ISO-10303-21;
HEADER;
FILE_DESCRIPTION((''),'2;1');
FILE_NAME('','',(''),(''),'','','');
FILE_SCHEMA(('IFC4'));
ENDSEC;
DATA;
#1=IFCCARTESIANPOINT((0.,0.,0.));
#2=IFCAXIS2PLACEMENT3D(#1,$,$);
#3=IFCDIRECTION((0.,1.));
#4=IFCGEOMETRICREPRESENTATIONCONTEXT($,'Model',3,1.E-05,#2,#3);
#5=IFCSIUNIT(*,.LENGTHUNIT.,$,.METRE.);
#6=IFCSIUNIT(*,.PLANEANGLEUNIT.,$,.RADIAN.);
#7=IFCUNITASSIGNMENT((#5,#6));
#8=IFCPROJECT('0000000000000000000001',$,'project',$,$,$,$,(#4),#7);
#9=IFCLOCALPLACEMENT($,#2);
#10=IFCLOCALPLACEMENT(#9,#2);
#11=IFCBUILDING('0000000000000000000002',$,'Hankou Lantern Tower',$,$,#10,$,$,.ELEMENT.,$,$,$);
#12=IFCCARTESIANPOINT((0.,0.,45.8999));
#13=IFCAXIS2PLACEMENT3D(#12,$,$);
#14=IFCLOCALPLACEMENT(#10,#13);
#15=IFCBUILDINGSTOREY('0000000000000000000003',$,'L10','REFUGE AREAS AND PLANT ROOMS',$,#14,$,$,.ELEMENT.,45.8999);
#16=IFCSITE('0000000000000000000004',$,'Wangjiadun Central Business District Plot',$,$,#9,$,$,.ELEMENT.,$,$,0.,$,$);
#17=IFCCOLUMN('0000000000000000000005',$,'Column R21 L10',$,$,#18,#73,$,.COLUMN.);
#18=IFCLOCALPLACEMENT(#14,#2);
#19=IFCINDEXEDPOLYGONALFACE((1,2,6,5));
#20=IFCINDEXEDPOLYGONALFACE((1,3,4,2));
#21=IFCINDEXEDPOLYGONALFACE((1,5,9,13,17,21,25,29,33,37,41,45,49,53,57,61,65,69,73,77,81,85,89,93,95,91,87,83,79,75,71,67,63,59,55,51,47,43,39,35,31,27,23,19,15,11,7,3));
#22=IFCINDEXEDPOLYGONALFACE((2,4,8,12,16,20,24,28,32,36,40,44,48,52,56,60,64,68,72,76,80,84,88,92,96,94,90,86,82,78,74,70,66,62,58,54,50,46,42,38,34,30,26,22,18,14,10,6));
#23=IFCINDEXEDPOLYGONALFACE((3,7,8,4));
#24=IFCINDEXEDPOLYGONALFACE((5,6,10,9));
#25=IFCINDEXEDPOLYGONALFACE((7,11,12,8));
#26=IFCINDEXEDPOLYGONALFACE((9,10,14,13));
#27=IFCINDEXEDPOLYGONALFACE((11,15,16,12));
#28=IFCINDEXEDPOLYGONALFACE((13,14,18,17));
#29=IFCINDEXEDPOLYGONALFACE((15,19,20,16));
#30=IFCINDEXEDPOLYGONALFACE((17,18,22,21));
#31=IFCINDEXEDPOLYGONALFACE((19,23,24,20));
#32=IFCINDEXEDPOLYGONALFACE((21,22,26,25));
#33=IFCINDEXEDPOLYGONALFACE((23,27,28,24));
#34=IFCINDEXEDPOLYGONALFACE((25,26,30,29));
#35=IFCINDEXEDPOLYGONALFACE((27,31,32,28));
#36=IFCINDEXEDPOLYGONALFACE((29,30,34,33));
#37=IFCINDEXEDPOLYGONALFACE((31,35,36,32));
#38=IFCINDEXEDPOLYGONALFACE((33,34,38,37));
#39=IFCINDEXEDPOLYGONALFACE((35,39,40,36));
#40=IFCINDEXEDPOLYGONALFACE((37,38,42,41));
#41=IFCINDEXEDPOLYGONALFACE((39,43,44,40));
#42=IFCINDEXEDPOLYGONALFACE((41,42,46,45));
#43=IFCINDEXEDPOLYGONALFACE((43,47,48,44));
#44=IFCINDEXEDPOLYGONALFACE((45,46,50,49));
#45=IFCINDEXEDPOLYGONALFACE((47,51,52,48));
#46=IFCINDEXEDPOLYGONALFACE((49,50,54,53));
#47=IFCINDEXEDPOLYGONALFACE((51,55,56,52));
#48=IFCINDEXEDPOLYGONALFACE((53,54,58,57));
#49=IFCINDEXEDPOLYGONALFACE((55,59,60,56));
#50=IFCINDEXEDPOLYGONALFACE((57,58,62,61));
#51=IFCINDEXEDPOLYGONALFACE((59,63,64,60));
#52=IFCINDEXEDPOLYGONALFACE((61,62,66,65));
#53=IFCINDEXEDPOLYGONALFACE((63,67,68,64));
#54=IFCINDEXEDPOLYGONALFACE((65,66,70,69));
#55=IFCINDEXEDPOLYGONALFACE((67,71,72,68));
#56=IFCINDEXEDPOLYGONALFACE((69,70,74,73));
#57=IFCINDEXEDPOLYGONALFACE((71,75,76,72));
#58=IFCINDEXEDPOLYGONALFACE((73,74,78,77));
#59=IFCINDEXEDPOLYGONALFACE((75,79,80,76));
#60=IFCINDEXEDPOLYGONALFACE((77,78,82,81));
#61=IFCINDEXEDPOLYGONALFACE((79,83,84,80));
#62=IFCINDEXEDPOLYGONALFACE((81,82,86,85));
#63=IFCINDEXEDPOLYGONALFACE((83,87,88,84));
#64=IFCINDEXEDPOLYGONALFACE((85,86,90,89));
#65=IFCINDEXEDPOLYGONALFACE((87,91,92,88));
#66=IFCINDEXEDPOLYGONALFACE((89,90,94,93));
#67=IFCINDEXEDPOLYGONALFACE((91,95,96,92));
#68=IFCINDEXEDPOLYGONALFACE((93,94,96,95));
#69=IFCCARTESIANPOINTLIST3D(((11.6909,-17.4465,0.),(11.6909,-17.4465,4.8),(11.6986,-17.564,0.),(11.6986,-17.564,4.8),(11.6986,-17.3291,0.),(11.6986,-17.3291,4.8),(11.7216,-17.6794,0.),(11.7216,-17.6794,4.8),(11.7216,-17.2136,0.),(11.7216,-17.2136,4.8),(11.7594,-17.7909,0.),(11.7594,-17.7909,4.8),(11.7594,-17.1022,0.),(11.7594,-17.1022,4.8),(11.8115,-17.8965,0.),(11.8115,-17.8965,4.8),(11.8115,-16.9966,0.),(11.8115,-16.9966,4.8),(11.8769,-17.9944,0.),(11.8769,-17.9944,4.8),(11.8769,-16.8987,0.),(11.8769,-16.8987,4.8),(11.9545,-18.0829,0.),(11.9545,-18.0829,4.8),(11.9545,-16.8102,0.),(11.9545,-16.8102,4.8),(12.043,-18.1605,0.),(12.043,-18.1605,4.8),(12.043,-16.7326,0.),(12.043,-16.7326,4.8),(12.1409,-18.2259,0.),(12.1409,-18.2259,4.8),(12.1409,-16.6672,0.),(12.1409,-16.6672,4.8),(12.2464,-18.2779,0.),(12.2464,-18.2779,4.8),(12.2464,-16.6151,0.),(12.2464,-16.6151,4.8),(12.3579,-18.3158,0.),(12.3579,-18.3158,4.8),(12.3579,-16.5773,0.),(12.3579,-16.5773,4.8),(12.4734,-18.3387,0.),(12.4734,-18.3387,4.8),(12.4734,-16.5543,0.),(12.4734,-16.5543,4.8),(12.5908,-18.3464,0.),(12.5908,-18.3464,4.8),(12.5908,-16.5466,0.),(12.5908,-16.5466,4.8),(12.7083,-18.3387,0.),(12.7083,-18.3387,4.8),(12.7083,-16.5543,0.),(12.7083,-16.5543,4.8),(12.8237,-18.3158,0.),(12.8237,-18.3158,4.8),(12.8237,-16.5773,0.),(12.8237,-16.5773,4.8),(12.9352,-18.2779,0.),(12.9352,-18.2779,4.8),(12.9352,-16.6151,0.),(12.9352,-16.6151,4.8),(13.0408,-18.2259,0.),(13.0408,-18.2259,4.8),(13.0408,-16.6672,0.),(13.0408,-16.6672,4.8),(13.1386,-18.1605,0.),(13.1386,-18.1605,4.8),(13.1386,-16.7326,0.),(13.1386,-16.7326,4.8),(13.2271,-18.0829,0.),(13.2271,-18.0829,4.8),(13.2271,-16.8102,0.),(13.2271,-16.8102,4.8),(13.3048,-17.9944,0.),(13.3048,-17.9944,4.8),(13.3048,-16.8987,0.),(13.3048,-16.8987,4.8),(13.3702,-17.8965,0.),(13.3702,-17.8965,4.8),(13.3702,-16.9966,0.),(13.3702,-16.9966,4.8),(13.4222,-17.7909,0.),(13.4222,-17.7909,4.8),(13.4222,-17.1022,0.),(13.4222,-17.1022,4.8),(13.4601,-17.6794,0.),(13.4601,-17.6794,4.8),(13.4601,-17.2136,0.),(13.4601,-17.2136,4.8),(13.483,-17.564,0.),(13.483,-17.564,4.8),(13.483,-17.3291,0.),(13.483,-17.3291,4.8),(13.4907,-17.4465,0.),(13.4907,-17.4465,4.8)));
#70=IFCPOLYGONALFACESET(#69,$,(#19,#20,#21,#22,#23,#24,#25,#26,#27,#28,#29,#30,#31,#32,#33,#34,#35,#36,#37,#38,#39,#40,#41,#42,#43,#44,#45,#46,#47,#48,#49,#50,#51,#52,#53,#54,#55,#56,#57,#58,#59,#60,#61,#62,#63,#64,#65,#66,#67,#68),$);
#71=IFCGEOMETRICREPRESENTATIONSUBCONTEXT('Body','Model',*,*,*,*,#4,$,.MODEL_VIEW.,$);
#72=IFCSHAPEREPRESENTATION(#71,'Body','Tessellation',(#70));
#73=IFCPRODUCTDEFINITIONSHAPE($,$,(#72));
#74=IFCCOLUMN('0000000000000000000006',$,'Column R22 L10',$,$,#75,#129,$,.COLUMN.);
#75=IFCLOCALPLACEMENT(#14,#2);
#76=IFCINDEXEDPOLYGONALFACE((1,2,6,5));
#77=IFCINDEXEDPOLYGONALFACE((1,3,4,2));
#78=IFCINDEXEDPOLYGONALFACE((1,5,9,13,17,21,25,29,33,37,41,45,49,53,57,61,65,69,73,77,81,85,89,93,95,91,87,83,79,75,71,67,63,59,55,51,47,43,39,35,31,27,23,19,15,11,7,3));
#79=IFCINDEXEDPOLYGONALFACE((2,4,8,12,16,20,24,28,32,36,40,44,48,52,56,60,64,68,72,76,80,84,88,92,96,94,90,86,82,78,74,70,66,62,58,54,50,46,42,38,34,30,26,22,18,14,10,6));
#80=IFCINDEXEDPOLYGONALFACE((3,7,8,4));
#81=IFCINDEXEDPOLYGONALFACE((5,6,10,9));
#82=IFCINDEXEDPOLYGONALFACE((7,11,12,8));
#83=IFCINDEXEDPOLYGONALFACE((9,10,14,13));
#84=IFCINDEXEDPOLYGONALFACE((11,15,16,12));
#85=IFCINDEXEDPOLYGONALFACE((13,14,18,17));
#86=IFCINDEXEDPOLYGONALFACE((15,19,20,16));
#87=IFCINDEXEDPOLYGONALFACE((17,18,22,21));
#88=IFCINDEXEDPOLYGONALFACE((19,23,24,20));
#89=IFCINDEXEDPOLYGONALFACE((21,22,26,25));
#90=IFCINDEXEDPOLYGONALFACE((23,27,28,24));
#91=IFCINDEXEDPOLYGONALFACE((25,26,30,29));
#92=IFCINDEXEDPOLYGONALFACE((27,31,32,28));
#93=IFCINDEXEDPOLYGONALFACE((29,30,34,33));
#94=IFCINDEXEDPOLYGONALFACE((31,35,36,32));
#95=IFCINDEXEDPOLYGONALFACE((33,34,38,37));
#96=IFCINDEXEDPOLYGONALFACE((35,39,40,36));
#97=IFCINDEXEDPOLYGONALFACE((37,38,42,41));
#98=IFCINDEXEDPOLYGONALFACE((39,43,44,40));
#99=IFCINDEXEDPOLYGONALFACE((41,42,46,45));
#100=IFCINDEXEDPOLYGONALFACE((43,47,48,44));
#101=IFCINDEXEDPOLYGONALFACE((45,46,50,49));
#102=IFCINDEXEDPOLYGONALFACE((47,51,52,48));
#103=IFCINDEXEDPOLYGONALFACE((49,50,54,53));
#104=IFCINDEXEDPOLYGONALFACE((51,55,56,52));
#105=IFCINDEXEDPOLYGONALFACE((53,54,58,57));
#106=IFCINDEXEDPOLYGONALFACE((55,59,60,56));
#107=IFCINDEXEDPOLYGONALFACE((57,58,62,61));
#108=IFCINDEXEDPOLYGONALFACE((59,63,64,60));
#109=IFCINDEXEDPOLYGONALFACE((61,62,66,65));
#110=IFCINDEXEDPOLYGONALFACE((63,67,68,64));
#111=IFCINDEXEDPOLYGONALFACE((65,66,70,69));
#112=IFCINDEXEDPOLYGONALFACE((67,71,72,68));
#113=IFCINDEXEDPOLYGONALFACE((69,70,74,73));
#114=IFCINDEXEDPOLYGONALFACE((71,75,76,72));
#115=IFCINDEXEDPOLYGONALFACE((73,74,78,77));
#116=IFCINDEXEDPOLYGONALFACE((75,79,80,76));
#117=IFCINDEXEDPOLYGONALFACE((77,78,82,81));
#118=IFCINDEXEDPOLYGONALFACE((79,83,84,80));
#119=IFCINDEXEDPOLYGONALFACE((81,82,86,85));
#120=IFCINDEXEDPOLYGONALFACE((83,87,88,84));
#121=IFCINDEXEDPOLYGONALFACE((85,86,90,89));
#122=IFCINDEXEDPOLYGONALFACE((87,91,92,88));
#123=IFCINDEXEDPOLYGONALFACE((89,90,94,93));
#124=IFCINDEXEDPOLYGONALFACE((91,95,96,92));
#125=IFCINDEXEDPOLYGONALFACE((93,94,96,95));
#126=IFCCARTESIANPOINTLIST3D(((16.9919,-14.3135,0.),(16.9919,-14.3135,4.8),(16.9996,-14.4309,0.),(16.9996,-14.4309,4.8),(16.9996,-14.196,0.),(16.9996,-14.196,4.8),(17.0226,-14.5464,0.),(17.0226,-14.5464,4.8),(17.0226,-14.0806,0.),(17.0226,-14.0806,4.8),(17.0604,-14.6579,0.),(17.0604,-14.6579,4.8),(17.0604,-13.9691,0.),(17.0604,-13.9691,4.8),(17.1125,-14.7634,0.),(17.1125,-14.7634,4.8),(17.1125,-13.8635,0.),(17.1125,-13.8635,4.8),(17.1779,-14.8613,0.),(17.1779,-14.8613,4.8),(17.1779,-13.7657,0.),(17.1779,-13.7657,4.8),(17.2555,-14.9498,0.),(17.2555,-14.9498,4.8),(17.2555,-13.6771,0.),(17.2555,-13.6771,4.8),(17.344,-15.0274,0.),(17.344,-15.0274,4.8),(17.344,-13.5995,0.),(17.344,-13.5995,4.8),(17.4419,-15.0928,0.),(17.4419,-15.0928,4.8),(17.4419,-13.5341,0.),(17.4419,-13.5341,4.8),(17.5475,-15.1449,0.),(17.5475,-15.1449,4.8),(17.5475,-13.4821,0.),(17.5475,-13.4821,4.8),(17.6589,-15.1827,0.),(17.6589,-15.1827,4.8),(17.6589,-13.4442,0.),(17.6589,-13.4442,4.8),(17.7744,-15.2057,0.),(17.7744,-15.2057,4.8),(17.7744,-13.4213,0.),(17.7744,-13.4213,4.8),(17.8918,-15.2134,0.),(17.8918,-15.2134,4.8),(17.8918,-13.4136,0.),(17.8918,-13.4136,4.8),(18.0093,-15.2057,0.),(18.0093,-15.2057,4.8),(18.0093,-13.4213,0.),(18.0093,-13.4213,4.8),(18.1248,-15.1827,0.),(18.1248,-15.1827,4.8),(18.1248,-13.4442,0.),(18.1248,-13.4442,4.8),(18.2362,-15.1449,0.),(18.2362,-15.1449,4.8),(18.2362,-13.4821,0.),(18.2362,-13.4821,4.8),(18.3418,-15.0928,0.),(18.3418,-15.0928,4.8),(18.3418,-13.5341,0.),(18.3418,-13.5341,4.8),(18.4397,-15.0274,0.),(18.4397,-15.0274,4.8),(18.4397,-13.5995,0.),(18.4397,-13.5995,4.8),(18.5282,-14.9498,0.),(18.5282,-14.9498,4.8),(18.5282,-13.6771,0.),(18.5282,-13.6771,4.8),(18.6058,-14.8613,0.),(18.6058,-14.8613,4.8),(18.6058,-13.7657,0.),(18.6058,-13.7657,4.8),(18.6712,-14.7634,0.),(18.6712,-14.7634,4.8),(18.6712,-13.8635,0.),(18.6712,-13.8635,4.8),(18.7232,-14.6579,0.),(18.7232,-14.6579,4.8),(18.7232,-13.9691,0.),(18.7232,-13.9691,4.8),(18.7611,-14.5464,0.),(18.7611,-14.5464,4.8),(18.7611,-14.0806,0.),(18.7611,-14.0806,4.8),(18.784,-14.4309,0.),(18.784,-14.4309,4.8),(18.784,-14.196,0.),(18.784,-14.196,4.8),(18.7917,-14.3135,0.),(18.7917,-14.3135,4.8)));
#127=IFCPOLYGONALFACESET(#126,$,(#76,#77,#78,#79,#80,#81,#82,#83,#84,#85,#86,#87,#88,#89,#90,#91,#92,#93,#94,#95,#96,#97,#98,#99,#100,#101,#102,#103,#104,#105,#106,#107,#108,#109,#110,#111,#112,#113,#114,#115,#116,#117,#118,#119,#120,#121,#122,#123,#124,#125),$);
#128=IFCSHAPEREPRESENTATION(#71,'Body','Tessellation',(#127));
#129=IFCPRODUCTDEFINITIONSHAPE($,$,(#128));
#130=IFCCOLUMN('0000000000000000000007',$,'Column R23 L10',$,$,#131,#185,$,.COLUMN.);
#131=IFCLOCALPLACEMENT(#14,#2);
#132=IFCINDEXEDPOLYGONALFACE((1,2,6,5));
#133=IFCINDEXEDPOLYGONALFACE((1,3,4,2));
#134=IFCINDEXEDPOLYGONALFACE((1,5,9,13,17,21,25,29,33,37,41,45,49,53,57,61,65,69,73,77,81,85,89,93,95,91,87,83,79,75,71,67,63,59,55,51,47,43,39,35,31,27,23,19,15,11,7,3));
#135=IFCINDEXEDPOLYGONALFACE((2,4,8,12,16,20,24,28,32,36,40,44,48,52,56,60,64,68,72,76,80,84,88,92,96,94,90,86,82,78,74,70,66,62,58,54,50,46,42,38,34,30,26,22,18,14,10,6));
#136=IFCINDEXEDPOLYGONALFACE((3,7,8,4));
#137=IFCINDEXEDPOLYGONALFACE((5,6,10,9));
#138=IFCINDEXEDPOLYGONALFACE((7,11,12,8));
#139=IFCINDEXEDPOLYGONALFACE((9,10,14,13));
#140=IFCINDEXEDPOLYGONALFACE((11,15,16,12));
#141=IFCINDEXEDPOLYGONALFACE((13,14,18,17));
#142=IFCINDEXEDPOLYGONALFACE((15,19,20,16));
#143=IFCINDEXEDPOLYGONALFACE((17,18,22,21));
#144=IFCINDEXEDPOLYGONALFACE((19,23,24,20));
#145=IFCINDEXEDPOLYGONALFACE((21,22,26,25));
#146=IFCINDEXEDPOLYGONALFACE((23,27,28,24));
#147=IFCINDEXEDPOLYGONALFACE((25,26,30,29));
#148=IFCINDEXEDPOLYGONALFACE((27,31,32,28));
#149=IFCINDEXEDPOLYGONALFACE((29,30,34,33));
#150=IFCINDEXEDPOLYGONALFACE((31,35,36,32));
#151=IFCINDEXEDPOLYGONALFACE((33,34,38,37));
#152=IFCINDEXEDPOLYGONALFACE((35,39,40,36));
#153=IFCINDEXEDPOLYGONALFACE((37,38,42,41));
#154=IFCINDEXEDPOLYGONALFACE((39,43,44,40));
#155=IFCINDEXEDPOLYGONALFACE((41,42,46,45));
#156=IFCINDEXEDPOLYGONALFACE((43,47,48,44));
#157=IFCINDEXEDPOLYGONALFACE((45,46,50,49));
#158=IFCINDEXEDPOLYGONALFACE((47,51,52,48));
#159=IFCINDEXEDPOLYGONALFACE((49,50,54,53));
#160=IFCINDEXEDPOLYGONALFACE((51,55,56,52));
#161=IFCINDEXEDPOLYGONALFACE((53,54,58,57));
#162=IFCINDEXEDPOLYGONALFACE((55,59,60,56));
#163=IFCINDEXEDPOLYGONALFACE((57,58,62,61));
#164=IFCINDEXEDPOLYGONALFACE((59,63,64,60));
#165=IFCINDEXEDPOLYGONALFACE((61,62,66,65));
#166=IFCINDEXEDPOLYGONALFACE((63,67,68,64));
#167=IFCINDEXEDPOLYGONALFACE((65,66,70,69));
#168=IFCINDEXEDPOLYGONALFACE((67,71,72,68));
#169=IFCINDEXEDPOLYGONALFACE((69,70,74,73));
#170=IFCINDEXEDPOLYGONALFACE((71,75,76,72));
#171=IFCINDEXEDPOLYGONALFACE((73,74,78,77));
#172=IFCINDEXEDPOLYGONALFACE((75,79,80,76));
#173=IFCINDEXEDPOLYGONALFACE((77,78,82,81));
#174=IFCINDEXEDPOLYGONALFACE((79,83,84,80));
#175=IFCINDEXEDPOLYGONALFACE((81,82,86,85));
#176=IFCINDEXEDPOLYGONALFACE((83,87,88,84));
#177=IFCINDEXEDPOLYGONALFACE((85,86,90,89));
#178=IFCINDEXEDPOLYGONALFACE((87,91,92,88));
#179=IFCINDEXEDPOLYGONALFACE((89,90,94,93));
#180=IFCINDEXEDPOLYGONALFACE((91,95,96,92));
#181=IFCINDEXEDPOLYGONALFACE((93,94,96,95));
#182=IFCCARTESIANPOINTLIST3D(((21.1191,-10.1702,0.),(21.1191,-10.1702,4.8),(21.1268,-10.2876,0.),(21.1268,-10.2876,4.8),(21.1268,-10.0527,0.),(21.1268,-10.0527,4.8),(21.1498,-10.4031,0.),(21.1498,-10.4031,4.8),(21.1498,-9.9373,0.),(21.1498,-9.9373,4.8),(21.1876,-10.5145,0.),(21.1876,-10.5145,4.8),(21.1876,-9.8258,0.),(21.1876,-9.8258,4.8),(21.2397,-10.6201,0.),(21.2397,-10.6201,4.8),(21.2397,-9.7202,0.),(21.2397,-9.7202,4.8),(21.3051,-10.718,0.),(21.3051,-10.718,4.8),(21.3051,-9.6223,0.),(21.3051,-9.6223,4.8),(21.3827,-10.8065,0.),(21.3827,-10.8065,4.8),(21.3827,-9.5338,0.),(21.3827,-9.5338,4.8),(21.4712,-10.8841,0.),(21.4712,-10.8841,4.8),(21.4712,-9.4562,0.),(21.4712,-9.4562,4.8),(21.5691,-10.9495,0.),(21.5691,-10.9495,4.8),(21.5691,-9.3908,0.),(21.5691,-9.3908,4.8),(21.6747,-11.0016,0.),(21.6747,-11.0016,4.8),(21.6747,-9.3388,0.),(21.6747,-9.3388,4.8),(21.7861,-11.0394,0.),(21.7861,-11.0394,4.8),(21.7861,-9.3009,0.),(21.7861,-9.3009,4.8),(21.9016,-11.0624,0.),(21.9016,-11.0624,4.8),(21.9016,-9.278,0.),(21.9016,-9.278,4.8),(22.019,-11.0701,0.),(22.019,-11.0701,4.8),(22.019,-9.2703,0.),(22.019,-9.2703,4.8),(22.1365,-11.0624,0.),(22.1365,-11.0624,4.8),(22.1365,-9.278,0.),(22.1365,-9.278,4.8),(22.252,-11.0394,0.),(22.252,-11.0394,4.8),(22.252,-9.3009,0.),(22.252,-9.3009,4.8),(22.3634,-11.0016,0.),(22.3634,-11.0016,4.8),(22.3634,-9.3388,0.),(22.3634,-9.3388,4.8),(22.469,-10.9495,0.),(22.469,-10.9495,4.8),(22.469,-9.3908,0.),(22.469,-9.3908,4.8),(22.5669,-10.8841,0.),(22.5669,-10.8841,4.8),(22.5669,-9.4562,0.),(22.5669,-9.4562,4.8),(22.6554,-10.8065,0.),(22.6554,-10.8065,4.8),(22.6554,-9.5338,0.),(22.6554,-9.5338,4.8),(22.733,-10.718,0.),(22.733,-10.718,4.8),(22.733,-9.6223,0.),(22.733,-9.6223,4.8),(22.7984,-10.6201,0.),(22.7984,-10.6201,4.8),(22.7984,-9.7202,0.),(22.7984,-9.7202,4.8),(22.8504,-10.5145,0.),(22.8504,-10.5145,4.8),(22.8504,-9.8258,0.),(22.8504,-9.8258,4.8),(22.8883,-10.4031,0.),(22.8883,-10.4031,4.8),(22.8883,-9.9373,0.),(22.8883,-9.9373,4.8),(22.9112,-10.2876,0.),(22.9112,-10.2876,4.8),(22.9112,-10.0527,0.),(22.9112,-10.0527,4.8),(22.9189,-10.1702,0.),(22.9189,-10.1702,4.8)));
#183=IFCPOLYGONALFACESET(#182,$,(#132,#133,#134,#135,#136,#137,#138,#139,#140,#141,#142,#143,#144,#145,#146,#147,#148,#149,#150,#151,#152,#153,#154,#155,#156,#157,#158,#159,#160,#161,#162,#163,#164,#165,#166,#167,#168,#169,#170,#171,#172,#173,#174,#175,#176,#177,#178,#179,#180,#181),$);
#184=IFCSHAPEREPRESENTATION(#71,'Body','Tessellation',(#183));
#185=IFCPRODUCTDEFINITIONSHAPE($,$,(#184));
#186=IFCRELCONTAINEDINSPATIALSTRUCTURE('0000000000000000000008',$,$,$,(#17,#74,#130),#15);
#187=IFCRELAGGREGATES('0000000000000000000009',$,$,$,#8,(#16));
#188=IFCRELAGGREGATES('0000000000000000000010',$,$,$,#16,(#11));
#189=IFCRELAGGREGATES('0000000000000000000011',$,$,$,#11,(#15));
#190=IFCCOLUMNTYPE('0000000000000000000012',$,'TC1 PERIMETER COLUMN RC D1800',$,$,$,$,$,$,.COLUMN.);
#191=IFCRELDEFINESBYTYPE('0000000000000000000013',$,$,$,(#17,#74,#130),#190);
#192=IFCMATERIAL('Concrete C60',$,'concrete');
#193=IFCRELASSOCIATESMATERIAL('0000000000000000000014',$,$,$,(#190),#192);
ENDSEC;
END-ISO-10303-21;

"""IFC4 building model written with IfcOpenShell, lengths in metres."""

from ifc_helpers import new_model, si_unit, direction, frame, origin, origin_2d, place, context, subcontext, project, spatial, circle, extrude, material, material_profile, profile_set, type_object, element, save


model = new_model("IFC4")

# Units and contexts
model_context = context("Model", 3, precision=1e-05, world=origin(), true_north=direction((0.0, 1.0)))
body_context = subcontext(model_context, "Body", "Model", "MODEL_VIEW")
ifc_project = project(units=[si_unit("LENGTHUNIT", "METRE"), si_unit("PLANEANGLEUNIT", "RADIAN")], contexts=[model_context])

# Site, building, storey
site_placement = place(None, origin())
site = spatial("IfcSite", under=ifc_project, at=site_placement, Name="Wangjiadun Central Business District Plot", CompositionType="ELEMENT", RefElevation=0.0)
building_placement = place(site_placement, origin())
building = spatial("IfcBuilding", under=site, at=building_placement, Name="Hankou Lantern Tower", CompositionType="ELEMENT")
storey_placement = place(building_placement, frame((0.0, 0.0, 45.8999)))
storey = spatial("IfcBuildingStorey", under=building, at=storey_placement, Name="L10", Description="REFUGE AREAS AND PLANT ROOMS", CompositionType="ELEMENT", Elevation=45.8999)

# Columns
ifc_material_1 = material(Name="Concrete C60", Category="concrete")
ifc_material_profile_1 = material_profile(ifc_material_1, circle(Radius=0.8999, at=origin_2d()), Name="RC D1800")
ifc_profile_set_1 = profile_set([ifc_material_profile_1], Name="Concrete C60")
column_type = type_object("IfcColumnType", Name="TC1 PERIMETER COLUMN RC D1800", PredefinedType="COLUMN", material=ifc_profile_set_1)
for number, where, z_axis, x_axis, name in (
    (1, (12.5908, -17.4465, 0.0), (0.0, 0.0, 1.0), (1.0, 0.0, 0.0), "Column R21 L10"),
    (2, (17.8918, -14.3135, 0.0), (0.0, 0.0, 1.0), (1.0, 0.0, 0.0), "Column R22 L10"),
    (3, (22.019, -10.1702, 0.0), (0.0, 0.0, 1.0), (1.0, 0.0, 0.0), "Column R23 L10"),
):
    element("IfcColumn", number, at=place(storey_placement, frame(where, z_axis=z_axis, x_axis=x_axis)), inside=storey, type_object=column_type, Name=name, PredefinedType="COLUMN", context=body_context, shape_type="SweptSolid", body=[
        extrude(circle(Radius=0.8999, at=origin_2d()), origin(), (0.0, 0.0, 1.0), 4.8),
    ])

save(model, "model.ifc")
